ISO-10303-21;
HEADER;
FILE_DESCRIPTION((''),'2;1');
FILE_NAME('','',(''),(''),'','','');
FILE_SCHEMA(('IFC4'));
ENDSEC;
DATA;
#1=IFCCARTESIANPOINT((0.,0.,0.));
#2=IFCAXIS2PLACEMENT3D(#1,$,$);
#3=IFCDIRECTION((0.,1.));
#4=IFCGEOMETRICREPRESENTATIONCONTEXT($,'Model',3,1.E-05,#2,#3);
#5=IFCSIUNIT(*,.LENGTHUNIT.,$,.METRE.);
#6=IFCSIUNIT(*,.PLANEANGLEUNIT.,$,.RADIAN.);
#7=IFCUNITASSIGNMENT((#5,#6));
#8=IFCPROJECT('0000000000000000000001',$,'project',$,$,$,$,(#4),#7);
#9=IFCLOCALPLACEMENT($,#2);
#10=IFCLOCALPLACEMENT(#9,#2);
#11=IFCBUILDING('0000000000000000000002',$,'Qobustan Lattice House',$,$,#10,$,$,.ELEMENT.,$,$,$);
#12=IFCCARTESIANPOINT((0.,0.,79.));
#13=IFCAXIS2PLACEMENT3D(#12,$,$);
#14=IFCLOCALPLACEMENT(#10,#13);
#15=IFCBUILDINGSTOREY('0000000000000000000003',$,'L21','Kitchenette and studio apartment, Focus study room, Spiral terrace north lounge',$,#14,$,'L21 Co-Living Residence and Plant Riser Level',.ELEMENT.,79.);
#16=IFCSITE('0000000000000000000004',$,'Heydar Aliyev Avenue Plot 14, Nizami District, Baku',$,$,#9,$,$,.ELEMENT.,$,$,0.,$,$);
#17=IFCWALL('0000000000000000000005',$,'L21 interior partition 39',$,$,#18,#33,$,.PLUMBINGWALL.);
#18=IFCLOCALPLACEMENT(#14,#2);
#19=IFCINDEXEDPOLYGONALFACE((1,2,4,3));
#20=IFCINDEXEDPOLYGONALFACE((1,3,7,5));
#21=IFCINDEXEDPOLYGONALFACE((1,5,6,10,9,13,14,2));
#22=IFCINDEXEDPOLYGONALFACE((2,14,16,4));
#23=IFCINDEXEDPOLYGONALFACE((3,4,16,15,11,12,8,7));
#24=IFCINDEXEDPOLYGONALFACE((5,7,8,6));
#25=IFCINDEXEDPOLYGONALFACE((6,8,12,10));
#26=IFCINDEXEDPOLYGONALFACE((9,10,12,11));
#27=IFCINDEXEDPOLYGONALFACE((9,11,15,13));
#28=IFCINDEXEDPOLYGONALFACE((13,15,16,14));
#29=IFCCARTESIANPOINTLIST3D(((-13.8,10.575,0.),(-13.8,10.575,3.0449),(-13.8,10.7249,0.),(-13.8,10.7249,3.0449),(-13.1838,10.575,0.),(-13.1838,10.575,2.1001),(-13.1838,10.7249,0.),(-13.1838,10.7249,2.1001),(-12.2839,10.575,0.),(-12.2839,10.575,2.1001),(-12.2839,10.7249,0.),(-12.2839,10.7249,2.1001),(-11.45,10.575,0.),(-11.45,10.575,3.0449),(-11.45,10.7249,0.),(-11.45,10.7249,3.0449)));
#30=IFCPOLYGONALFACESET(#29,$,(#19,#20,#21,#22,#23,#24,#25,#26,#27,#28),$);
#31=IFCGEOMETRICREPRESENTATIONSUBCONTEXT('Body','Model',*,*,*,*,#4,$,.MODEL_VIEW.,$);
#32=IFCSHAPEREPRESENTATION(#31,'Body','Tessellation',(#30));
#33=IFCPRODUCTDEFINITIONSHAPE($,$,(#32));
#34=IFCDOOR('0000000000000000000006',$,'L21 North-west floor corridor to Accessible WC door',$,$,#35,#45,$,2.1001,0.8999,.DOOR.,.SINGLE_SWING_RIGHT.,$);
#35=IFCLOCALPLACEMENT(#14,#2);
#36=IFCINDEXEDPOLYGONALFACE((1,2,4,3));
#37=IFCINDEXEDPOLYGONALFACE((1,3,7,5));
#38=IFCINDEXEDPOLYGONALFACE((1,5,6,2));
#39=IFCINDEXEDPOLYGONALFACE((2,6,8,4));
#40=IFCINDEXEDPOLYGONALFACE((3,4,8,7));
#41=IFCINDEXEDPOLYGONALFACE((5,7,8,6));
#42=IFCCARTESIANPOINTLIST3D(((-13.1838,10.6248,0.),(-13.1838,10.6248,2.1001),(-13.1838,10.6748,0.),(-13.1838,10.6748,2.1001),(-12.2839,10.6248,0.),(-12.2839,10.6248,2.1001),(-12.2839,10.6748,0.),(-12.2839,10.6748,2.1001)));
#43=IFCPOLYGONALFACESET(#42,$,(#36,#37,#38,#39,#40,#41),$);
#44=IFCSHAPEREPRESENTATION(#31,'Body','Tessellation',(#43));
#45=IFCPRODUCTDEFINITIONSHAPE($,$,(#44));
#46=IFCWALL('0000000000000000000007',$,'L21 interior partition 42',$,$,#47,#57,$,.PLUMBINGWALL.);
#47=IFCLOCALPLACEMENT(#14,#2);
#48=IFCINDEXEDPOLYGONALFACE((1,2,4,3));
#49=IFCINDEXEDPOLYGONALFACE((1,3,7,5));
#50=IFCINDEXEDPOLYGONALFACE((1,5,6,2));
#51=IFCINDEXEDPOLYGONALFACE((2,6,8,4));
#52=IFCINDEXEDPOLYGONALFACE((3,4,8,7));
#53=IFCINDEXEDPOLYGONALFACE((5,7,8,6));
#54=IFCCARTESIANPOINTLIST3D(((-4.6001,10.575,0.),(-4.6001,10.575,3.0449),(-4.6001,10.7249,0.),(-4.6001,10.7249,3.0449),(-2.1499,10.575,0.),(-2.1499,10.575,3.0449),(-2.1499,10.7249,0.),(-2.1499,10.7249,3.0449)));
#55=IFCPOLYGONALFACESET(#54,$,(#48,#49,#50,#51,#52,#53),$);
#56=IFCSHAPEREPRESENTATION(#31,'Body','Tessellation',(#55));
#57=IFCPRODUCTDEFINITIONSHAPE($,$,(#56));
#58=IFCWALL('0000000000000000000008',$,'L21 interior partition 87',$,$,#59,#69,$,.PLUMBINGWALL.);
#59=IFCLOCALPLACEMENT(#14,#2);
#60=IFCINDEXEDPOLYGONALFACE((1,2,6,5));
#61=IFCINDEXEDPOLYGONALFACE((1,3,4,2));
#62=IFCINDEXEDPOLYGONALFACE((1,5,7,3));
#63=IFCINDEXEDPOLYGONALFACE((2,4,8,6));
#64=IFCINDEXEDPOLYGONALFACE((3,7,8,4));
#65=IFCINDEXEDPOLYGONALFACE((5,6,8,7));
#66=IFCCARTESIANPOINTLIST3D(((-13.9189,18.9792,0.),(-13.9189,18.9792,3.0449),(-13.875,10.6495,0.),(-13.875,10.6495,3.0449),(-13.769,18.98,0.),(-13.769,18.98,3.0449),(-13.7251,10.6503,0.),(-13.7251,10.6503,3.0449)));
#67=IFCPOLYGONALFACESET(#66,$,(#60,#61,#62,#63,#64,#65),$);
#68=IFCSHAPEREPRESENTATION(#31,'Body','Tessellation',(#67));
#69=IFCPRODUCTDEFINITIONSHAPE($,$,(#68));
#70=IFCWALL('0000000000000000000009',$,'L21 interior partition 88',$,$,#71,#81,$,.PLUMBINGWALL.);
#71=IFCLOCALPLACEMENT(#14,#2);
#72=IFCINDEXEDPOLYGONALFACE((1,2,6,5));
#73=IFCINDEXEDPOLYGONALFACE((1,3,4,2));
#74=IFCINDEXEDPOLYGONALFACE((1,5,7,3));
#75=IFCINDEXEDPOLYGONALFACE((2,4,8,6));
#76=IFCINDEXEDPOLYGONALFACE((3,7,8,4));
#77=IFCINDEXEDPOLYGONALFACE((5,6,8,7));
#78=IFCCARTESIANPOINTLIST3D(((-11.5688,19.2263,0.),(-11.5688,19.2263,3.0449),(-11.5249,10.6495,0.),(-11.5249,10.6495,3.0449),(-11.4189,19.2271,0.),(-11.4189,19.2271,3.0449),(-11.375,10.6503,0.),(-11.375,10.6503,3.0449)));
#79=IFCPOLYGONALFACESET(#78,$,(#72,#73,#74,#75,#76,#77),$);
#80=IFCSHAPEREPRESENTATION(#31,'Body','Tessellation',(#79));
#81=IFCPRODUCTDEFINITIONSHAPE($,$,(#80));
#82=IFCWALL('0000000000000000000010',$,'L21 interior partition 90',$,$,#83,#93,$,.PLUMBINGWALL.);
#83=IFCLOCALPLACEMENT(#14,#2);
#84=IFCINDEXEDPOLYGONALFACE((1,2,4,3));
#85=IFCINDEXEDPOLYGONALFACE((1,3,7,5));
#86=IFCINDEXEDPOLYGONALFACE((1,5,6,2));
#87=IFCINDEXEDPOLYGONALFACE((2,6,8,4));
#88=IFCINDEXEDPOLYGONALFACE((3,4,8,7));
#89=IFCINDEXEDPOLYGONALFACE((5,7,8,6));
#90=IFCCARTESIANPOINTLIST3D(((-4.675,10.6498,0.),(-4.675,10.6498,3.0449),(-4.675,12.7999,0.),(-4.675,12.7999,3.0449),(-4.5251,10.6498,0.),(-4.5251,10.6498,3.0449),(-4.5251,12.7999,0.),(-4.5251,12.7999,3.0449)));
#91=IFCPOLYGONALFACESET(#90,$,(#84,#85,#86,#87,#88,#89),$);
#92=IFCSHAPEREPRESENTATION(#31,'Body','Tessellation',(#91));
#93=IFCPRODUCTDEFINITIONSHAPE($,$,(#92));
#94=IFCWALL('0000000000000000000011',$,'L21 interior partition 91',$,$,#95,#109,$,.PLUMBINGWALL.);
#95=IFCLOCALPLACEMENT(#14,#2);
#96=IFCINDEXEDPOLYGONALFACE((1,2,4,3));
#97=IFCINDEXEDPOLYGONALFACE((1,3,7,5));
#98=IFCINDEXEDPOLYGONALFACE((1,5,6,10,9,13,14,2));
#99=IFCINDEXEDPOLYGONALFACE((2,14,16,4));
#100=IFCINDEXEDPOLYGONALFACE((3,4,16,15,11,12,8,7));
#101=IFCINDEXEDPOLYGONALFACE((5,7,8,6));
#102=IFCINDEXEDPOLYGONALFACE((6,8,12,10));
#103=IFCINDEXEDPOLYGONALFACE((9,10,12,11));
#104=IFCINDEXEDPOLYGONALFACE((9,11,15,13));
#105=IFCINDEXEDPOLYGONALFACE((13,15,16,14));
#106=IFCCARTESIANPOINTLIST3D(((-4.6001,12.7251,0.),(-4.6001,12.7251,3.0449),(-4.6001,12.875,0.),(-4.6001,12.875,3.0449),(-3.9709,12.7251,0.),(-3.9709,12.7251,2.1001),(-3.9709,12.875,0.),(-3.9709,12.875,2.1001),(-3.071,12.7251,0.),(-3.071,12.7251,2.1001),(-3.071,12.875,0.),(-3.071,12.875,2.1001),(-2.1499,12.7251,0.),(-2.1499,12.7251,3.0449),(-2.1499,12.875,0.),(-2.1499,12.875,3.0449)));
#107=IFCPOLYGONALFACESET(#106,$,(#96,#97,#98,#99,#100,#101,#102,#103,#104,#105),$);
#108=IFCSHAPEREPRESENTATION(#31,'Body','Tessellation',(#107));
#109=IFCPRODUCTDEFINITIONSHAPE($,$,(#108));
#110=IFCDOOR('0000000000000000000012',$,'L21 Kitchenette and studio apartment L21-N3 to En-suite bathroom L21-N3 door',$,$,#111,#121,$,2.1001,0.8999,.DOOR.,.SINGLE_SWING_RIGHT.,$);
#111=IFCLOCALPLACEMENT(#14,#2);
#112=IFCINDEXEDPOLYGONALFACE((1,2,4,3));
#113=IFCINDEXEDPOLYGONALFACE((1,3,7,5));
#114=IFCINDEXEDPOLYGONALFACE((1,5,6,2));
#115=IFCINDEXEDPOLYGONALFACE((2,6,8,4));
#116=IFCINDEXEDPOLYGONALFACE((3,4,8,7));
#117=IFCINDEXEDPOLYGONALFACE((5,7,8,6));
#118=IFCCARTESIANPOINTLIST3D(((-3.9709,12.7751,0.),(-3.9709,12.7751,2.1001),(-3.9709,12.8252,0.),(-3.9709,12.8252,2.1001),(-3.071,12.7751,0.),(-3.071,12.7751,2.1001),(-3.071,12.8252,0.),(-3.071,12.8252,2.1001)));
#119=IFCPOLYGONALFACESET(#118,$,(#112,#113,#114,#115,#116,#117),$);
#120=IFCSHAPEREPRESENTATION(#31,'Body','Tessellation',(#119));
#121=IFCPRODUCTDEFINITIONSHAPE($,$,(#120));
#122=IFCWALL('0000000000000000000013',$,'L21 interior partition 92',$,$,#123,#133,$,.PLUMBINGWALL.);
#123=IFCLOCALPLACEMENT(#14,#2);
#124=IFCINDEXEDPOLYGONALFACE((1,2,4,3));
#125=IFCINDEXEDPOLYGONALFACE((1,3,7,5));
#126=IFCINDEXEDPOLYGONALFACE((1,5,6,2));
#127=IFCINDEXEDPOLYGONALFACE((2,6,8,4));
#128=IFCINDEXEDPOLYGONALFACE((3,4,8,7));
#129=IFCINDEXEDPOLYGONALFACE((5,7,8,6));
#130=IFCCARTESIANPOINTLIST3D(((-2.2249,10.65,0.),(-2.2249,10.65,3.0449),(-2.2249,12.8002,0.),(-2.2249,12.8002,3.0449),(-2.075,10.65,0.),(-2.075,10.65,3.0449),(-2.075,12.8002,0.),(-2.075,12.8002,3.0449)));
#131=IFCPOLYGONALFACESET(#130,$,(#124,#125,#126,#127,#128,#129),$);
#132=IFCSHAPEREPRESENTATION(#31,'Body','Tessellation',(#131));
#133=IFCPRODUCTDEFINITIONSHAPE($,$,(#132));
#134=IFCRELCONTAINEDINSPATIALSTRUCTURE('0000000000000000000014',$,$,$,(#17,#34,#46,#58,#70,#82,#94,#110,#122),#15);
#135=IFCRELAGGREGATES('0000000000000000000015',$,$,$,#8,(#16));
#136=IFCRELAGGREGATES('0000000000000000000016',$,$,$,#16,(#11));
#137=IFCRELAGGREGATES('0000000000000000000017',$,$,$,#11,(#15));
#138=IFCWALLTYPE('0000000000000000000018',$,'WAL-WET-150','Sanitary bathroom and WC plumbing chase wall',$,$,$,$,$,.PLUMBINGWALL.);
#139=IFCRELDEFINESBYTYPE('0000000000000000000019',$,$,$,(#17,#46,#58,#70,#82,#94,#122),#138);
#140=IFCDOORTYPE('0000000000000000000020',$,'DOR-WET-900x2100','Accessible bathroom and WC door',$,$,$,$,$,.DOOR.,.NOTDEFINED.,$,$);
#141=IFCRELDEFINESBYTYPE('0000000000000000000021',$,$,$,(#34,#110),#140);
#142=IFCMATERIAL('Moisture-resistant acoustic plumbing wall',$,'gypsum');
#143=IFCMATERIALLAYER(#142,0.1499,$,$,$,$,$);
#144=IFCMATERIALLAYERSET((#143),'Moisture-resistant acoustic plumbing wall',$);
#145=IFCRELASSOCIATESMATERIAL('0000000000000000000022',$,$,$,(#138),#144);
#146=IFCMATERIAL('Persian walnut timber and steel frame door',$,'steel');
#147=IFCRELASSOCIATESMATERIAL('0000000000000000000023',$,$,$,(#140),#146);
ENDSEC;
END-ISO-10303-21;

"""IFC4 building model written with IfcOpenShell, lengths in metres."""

from ifc_helpers import new_model, si_unit, direction, frame, frame_2d, origin, place, context, subcontext, project, spatial, rectangle, extrude, material, layer, layer_set, type_object, element, fill, save


model = new_model("IFC4")

# Units and contexts
model_context = context("Model", 3, precision=1e-05, world=origin(), true_north=direction((0.0, 1.0)))
body_context = subcontext(model_context, "Body", "Model", "MODEL_VIEW")
ifc_project = project(units=[si_unit("LENGTHUNIT", "METRE"), si_unit("PLANEANGLEUNIT", "RADIAN")], contexts=[model_context])

# Site, building, storey
site_placement = place(None, origin())
site = spatial("IfcSite", under=ifc_project, at=site_placement, Name="Heydar Aliyev Avenue Plot 14, Nizami District, Baku", CompositionType="ELEMENT", RefElevation=0.0)
building_placement = place(site_placement, origin())
building = spatial("IfcBuilding", under=site, at=building_placement, Name="Qobustan Lattice House", CompositionType="ELEMENT")
storey_placement = place(building_placement, frame((0.0, 0.0, 79.0)))
storey = spatial("IfcBuildingStorey", under=building, at=storey_placement, Name="L21", Description="Kitchenette and studio apartment, Focus study room, Spiral terrace north lounge", LongName="L21 Co-Living Residence and Plant Riser Level", CompositionType="ELEMENT", Elevation=79.0)

# Wall, opening, door
ifc_material_1 = material(Name="Moisture-resistant acoustic plumbing wall", Category="gypsum")
ifc_layer_1 = layer(ifc_material_1, 0.1499)
ifc_layer_set_1 = layer_set([ifc_layer_1], Name="Moisture-resistant acoustic plumbing wall")
wall_type_1 = type_object("IfcWallType", Name="WAL-WET-150", Description="Sanitary bathroom and WC plumbing chase wall", PredefinedType="PLUMBINGWALL", material=ifc_layer_set_1)
wall_1_placement = place(storey_placement, frame((-13.8, 10.6499, 0.0), z_axis=(0.0, 0.0, 1.0), x_axis=(1.0, 0.0, 0.0)))
wall_1 = element("IfcWall", 1, at=wall_1_placement, inside=storey, type_object=wall_type_1, Name="L21 interior partition 39", PredefinedType="PLUMBINGWALL", context=body_context, shape_type="SweptSolid", body=[
    extrude(rectangle(XDim=2.3501, YDim=0.1499, at=frame_2d((1.175, 0.0))), origin(), (0.0, 0.0, 1.0), 3.0449),
])
opening_1_placement = place(wall_1_placement, frame((0.6162, 0.0, 0.0)))
opening_1 = element("IfcOpeningElement", 2, at=opening_1_placement, cuts=wall_1, PredefinedType="OPENING", context=body_context, shape_type="SweptSolid", body=[
    extrude(rectangle(XDim=0.8999, YDim=2.1001, at=frame_2d((0.45, 1.05))), frame((0.0, 0.085, 0.0), z_axis=(0.0, -1.0, 0.0), x_axis=(1.0, 0.0, 0.0)), (0.0, 0.0, 1.0), 0.1699),
])
ifc_material_2 = material(Name="Persian walnut timber and steel frame door", Category="steel")
door_type_1 = type_object("IfcDoorType", Name="DOR-WET-900x2100", Description="Accessible bathroom and WC door", OperationType="NOTDEFINED", PredefinedType="DOOR", material=ifc_material_2)
door_1_placement = place(opening_1_placement, origin())
door_1 = element("IfcDoor", 3, at=door_1_placement, inside=storey, type_object=door_type_1, Name="L21 North-west floor corridor to Accessible WC door", OperationType="SINGLE_SWING_RIGHT", OverallHeight=2.1001, OverallWidth=0.8999, PredefinedType="DOOR", context=body_context, shape_type="SweptSolid", body=[
    extrude(rectangle(XDim=0.8999, YDim=2.1001, at=frame_2d((0.45, 1.05))), frame((0.0, 0.0249, 0.0), z_axis=(0.0, -1.0, 0.0), x_axis=(1.0, 0.0, 0.0)), (0.0, 0.0, 1.0), 0.05),
])
fill(opening_1, door_1)

# Walls
wall_2_placement = place(storey_placement, frame((-4.6001, 10.6499, 0.0), z_axis=(0.0, 0.0, 1.0), x_axis=(1.0, 0.0, 0.0)))
element("IfcWall", 4, at=wall_2_placement, inside=storey, type_object=wall_type_1, Name="L21 interior partition 42", PredefinedType="PLUMBINGWALL", context=body_context, shape_type="SweptSolid", body=[
    extrude(rectangle(XDim=2.4502, YDim=0.1499, at=frame_2d((1.2251, 0.0))), origin(), (0.0, 0.0, 1.0), 3.0449),
])
wall_3_placement = place(storey_placement, frame((-13.844, 18.9797, 0.0), z_axis=(0.0, 0.0, 1.0), x_axis=(0.005276, -0.999986, 0.0)))
element("IfcWall", 5, at=wall_3_placement, inside=storey, type_object=wall_type_1, Name="L21 interior partition 87", PredefinedType="PLUMBINGWALL", context=body_context, shape_type="SweptSolid", body=[
    extrude(rectangle(XDim=8.3298, YDim=0.1499, at=frame_2d((4.165, 0.0))), origin(), (0.0, 0.0, 1.0), 3.0449),
])
wall_4_placement = place(storey_placement, frame((-11.4939, 19.2268, 0.0), z_axis=(0.0, 0.0, 1.0), x_axis=(0.005124, -0.999987, 0.0)))
element("IfcWall", 6, at=wall_4_placement, inside=storey, type_object=wall_type_1, Name="L21 interior partition 88", PredefinedType="PLUMBINGWALL", context=body_context, shape_type="SweptSolid", body=[
    extrude(rectangle(XDim=8.5769, YDim=0.1499, at=frame_2d((4.2886, 0.0))), origin(), (0.0, 0.0, 1.0), 3.0449),
])
wall_5_placement = place(storey_placement, frame((-4.6001, 12.8, 0.0), z_axis=(0.0, 0.0, 1.0), x_axis=(0.0, -1.0, 0.0)))
element("IfcWall", 7, at=wall_5_placement, inside=storey, type_object=wall_type_1, Name="L21 interior partition 90", PredefinedType="PLUMBINGWALL", context=body_context, shape_type="SweptSolid", body=[
    extrude(rectangle(XDim=2.1501, YDim=0.1499, at=frame_2d((1.0752, 0.0))), origin(), (0.0, 0.0, 1.0), 3.0449),
])

# Wall, opening, door
wall_6_placement = place(storey_placement, frame((-2.1499, 12.8, 0.0), z_axis=(0.0, 0.0, 1.0), x_axis=(-1.0, 0.0, 0.0)))
wall_6 = element("IfcWall", 8, at=wall_6_placement, inside=storey, type_object=wall_type_1, Name="L21 interior partition 91", PredefinedType="PLUMBINGWALL", context=body_context, shape_type="SweptSolid", body=[
    extrude(rectangle(XDim=2.4502, YDim=0.1499, at=frame_2d((1.2251, 0.0))), origin(), (0.0, 0.0, 1.0), 3.0449),
])
opening_2_placement = place(wall_6_placement, frame((0.9211, 0.0, 0.0)))
opening_2 = element("IfcOpeningElement", 9, at=opening_2_placement, cuts=wall_6, PredefinedType="OPENING", context=body_context, shape_type="SweptSolid", body=[
    extrude(rectangle(XDim=0.8999, YDim=2.1001, at=frame_2d((0.45, 1.05))), frame((0.0, 0.085, 0.0), z_axis=(0.0, -1.0, 0.0), x_axis=(1.0, 0.0, 0.0)), (0.0, 0.0, 1.0), 0.1699),
])
door_2_placement = place(opening_2_placement, origin())
door_2 = element("IfcDoor", 10, at=door_2_placement, inside=storey, type_object=door_type_1, Name="L21 Kitchenette and studio apartment L21-N3 to En-suite bathroom L21-N3 door", OperationType="SINGLE_SWING_RIGHT", OverallHeight=2.1001, OverallWidth=0.8999, PredefinedType="DOOR", context=body_context, shape_type="SweptSolid", body=[
    extrude(rectangle(XDim=0.8999, YDim=2.1001, at=frame_2d((0.45, 1.05))), frame((0.0, 0.0249, 0.0), z_axis=(0.0, -1.0, 0.0), x_axis=(1.0, 0.0, 0.0)), (0.0, 0.0, 1.0), 0.05),
])
fill(opening_2, door_2)

# Wall
wall_7_placement = place(storey_placement, frame((-2.1499, 10.6499, 0.0), z_axis=(0.0, 0.0, 1.0), x_axis=(0.0, 1.0, 0.0)))
element("IfcWall", 11, at=wall_7_placement, inside=storey, type_object=wall_type_1, Name="L21 interior partition 92", PredefinedType="PLUMBINGWALL", context=body_context, shape_type="SweptSolid", body=[
    extrude(rectangle(XDim=2.1501, YDim=0.1499, at=frame_2d((1.0752, 0.0))), origin(), (0.0, 0.0, 1.0), 3.0449),
])

save(model, "model.ifc")
